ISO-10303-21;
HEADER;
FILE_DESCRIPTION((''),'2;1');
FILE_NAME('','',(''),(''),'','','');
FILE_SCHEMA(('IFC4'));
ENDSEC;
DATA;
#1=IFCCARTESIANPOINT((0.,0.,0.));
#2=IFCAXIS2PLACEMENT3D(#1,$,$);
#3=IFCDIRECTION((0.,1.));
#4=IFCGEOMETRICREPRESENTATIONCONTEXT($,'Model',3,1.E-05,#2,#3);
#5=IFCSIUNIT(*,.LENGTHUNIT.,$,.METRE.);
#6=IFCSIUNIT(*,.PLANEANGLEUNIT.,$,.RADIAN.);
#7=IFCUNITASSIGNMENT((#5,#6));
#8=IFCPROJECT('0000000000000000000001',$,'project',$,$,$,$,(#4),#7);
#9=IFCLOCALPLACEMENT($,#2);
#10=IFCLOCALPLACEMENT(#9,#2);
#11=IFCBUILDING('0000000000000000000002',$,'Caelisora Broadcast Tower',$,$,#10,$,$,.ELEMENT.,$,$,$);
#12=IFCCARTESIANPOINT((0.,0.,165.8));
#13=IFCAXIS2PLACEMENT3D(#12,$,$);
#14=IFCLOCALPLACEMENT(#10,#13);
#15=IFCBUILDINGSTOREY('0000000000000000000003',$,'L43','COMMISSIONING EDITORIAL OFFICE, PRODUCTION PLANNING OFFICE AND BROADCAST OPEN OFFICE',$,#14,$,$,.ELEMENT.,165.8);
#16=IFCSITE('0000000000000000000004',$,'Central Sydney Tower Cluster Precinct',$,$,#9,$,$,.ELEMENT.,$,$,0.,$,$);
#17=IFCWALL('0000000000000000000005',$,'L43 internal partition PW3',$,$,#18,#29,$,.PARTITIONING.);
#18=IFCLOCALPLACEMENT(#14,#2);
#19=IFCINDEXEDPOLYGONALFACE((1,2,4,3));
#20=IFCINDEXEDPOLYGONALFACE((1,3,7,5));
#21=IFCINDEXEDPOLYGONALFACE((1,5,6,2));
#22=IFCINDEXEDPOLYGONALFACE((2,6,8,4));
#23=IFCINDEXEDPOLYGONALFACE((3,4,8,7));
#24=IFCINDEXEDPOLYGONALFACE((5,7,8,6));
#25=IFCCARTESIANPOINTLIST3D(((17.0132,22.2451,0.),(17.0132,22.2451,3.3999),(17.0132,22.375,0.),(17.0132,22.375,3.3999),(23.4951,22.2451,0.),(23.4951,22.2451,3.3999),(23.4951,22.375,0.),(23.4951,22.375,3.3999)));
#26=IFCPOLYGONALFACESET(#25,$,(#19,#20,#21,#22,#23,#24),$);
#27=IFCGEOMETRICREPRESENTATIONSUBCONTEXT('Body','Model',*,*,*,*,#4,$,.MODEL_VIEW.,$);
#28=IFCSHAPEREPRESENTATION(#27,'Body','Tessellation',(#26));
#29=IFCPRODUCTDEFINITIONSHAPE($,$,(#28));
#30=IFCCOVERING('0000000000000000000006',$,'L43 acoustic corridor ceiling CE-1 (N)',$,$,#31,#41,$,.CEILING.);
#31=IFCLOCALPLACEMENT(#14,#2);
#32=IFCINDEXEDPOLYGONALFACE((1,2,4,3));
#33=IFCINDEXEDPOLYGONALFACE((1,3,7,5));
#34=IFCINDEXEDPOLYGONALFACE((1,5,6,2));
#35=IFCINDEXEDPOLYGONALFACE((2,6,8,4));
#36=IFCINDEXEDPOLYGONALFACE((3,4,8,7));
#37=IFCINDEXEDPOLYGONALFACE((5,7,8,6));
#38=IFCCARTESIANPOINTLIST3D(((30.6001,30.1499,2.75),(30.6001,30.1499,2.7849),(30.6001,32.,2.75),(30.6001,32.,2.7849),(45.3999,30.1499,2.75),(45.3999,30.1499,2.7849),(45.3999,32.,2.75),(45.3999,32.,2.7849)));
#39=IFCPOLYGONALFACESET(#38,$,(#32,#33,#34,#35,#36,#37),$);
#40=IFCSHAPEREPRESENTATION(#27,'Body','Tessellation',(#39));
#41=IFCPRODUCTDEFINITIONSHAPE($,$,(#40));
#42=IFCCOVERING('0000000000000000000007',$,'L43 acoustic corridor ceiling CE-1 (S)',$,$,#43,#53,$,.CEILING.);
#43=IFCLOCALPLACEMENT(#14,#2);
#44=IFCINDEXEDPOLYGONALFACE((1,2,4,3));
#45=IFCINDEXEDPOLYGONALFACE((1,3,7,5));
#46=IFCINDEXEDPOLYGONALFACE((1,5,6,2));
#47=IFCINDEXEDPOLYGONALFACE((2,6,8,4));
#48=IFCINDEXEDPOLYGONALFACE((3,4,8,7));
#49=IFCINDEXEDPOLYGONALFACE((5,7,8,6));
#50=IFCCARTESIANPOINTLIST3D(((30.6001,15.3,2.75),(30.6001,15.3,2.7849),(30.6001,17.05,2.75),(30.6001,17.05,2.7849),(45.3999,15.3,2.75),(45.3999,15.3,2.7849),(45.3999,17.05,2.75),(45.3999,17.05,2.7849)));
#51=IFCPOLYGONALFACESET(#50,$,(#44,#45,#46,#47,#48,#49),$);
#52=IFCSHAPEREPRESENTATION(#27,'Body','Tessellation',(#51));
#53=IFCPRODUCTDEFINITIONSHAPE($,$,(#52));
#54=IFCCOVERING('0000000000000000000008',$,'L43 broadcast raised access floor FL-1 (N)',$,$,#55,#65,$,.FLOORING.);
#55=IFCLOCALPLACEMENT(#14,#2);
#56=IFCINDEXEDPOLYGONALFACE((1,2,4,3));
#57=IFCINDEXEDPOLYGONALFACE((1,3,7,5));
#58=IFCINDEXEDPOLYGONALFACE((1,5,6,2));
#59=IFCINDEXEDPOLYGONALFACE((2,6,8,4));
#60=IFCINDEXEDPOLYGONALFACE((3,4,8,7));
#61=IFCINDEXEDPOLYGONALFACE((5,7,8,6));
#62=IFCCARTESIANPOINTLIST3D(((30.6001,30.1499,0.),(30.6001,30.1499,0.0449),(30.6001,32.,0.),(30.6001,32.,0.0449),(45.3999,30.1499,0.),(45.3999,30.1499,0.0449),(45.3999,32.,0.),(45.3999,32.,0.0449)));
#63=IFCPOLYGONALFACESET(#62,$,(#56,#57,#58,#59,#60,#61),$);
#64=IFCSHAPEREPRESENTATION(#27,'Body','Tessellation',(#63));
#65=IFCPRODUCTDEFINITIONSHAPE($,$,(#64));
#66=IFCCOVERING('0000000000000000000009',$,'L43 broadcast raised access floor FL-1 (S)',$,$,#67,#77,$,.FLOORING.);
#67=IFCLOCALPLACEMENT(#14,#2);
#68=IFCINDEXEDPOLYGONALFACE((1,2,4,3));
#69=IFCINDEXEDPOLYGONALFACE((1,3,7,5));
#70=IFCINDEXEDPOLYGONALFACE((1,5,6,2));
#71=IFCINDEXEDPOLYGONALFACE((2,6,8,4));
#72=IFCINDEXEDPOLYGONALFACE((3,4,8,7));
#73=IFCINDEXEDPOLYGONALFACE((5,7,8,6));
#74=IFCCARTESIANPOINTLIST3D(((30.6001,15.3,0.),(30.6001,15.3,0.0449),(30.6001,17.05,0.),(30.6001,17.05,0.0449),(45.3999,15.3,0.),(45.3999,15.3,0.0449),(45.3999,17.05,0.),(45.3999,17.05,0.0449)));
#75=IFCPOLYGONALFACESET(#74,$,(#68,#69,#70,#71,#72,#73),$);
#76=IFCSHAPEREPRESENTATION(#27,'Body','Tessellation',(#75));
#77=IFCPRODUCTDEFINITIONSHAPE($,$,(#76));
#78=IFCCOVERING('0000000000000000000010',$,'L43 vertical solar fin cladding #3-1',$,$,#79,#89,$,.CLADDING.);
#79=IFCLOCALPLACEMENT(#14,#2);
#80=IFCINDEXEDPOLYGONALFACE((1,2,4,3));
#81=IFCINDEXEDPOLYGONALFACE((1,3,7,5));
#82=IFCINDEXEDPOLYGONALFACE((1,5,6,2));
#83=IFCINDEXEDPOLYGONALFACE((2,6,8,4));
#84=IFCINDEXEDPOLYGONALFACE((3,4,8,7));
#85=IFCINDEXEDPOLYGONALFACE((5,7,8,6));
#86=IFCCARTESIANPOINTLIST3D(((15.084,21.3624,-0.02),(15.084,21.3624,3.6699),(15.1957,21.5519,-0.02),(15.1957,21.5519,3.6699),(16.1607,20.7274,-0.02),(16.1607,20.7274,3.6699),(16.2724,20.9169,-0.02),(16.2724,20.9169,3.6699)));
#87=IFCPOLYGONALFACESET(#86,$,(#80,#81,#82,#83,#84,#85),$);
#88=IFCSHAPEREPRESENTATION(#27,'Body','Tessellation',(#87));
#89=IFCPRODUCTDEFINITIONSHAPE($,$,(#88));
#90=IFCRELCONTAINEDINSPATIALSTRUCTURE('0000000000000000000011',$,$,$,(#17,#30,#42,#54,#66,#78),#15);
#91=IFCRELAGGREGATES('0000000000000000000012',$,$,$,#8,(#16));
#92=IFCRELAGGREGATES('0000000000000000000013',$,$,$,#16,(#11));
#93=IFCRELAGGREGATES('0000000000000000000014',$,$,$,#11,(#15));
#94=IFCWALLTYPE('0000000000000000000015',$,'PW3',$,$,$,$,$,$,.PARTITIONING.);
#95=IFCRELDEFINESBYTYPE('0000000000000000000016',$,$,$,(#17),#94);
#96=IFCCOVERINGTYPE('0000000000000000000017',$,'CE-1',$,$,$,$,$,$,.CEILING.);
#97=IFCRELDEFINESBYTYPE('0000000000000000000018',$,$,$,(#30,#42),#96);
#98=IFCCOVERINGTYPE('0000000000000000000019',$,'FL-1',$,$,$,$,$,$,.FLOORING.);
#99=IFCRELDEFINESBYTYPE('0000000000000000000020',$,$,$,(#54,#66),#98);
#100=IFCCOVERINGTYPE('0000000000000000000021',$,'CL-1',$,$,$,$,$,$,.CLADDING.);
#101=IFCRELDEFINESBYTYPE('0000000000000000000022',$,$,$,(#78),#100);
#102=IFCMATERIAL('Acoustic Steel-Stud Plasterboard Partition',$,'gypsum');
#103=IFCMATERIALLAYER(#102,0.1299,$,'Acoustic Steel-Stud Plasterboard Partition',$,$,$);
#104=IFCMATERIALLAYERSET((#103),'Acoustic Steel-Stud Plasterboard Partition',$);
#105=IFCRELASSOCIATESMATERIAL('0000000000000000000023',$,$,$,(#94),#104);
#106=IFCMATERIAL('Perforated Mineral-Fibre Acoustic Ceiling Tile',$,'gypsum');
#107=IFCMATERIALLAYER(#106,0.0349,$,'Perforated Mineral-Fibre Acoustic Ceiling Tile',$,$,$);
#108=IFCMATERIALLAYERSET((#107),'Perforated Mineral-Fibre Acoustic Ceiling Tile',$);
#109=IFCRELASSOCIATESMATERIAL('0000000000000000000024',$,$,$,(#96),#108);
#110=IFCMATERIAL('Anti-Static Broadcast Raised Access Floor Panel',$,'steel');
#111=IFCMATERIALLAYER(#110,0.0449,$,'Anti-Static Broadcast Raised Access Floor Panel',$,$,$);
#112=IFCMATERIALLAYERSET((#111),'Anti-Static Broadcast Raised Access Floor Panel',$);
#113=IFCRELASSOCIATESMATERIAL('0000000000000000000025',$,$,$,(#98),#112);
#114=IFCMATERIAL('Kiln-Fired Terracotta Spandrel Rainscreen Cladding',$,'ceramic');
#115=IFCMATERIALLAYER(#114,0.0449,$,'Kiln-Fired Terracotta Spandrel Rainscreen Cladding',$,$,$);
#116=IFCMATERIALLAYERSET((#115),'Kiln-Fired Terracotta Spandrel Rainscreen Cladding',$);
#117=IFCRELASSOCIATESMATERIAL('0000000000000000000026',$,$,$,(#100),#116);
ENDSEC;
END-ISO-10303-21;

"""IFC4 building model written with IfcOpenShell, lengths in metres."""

from ifc_helpers import new_model, si_unit, direction, frame, frame_2d, origin, origin_2d, place, context, subcontext, project, spatial, polyline, rectangle, outline, extrude, source, transform, mapped, material, layer, layer_set, type_object, type_shapes, element, save


model = new_model("IFC4")

# Units and contexts
model_context = context("Model", 3, precision=1e-05, world=origin(), true_north=direction((0.0, 1.0)))
body_context = subcontext(model_context, "Body", "Model", "MODEL_VIEW")
ifc_project = project(units=[si_unit("LENGTHUNIT", "METRE"), si_unit("PLANEANGLEUNIT", "RADIAN")], contexts=[model_context])

# Site, building, storey
site_placement = place(None, origin())
site = spatial("IfcSite", under=ifc_project, at=site_placement, Name="Central Sydney Tower Cluster Precinct", CompositionType="ELEMENT", RefElevation=0.0)
building_placement = place(site_placement, origin())
building = spatial("IfcBuilding", under=site, at=building_placement, Name="Caelisora Broadcast Tower", CompositionType="ELEMENT")
storey_placement = place(building_placement, frame((0.0, 0.0, 165.8)))
storey = spatial("IfcBuildingStorey", under=building, at=storey_placement, Name="L43", Description="COMMISSIONING EDITORIAL OFFICE, PRODUCTION PLANNING OFFICE AND BROADCAST OPEN OFFICE", CompositionType="ELEMENT", Elevation=165.8)

# Shared definitions
ifc_material_1 = material(Name="Acoustic Steel-Stud Plasterboard Partition", Category="gypsum")
ifc_layer_1 = layer(ifc_material_1, 0.1299, Name="Acoustic Steel-Stud Plasterboard Partition")
ifc_layer_set_1 = layer_set([ifc_layer_1], Name="Acoustic Steel-Stud Plasterboard Partition")
wall_type_1 = type_object("IfcWallType", Name="PW3", PredefinedType="PARTITIONING", material=ifc_layer_set_1)

# Wall
wall_1_placement = place(storey_placement, frame((17.0132, 22.3101, 0.0), z_axis=(0.0, 0.0, 1.0), x_axis=(1.0, 0.0, 0.0)))
element("IfcWall", 1, at=wall_1_placement, inside=storey, type_object=wall_type_1, Name="L43 internal partition PW3", PredefinedType="PARTITIONING", context=body_context, shape_type="SweptSolid", body=[
    extrude(rectangle(XDim=6.4819, YDim=0.1299, at=frame_2d((3.241, 0.0))), origin(), (0.0, 0.0, 1.0), 3.3999),
])

# Coverings
ifc_material_2 = material(Name="Perforated Mineral-Fibre Acoustic Ceiling Tile", Category="gypsum")
ifc_layer_2 = layer(ifc_material_2, 0.0349, Name="Perforated Mineral-Fibre Acoustic Ceiling Tile")
ifc_layer_set_2 = layer_set([ifc_layer_2], Name="Perforated Mineral-Fibre Acoustic Ceiling Tile")
covering_type_1 = type_object("IfcCoveringType", Name="CE-1", PredefinedType="CEILING", material=ifc_layer_set_2)
covering_1_placement = place(storey_placement, frame((0.0, 0.0, 2.75)))
element("IfcCovering", 2, at=covering_1_placement, inside=storey, type_object=covering_type_1, Name="L43 acoustic corridor ceiling CE-1 (N)", PredefinedType="CEILING", context=body_context, shape_type="SweptSolid", body=[
    extrude(outline(polyline([(30.6001, 30.1499), (45.3999, 30.1499), (45.3999, 32.0), (30.6001, 32.0), (30.6001, 30.1499)])), origin(), (0.0, 0.0, 1.0), 0.0349),
])
covering_2_placement = place(storey_placement, frame((0.0, 0.0, 2.75)))
element("IfcCovering", 3, at=covering_2_placement, inside=storey, type_object=covering_type_1, Name="L43 acoustic corridor ceiling CE-1 (S)", PredefinedType="CEILING", context=body_context, shape_type="SweptSolid", body=[
    extrude(outline(polyline([(30.6001, 15.3), (45.3999, 15.3), (45.3999, 17.05), (30.6001, 17.05), (30.6001, 15.3)])), origin(), (0.0, 0.0, 1.0), 0.0349),
])
ifc_material_3 = material(Name="Anti-Static Broadcast Raised Access Floor Panel", Category="steel")
ifc_layer_3 = layer(ifc_material_3, 0.0449, Name="Anti-Static Broadcast Raised Access Floor Panel")
ifc_layer_set_3 = layer_set([ifc_layer_3], Name="Anti-Static Broadcast Raised Access Floor Panel")
covering_type_2 = type_object("IfcCoveringType", Name="FL-1", PredefinedType="FLOORING", material=ifc_layer_set_3)
covering_3_placement = place(storey_placement, origin())
element("IfcCovering", 4, at=covering_3_placement, inside=storey, type_object=covering_type_2, Name="L43 broadcast raised access floor FL-1 (N)", PredefinedType="FLOORING", context=body_context, shape_type="SweptSolid", body=[
    extrude(outline(polyline([(30.6001, 30.1499), (45.3999, 30.1499), (45.3999, 32.0), (30.6001, 32.0), (30.6001, 30.1499)])), origin(), (0.0, 0.0, 1.0), 0.0449),
])
covering_4_placement = place(storey_placement, origin())
element("IfcCovering", 5, at=covering_4_placement, inside=storey, type_object=covering_type_2, Name="L43 broadcast raised access floor FL-1 (S)", PredefinedType="FLOORING", context=body_context, shape_type="SweptSolid", body=[
    extrude(outline(polyline([(30.6001, 15.3), (45.3999, 15.3), (45.3999, 17.05), (30.6001, 17.05), (30.6001, 15.3)])), origin(), (0.0, 0.0, 1.0), 0.0449),
])
ifc_material_4 = material(Name="Kiln-Fired Terracotta Spandrel Rainscreen Cladding", Category="ceramic")
ifc_layer_4 = layer(ifc_material_4, 0.0449, Name="Kiln-Fired Terracotta Spandrel Rainscreen Cladding")
ifc_layer_set_4 = layer_set([ifc_layer_4], Name="Kiln-Fired Terracotta Spandrel Rainscreen Cladding")
covering_type_3 = type_object("IfcCoveringType", Name="CL-1", PredefinedType="CLADDING", material=ifc_layer_set_4)
shared_shape_1 = source(origin(), body_context, "Body", "SweptSolid", [
    extrude(rectangle(XDim=0.22, YDim=1.25, at=origin_2d()), origin(), (0.0, 0.0, 1.0), 3.6899),
])
type_shapes(covering_type_3, [shared_shape_1])
covering_5_placement = place(storey_placement, frame((15.6782, 21.1396, -0.02), z_axis=(0.0, 0.0, 1.0), x_axis=(0.507989, 0.861363, 0.0)))
element("IfcCovering", 6, at=covering_5_placement, inside=storey, type_object=covering_type_3, Name="L43 vertical solar fin cladding #3-1", PredefinedType="CLADDING", context=body_context, shape_type="MappedRepresentation", body=[
    mapped(shared_shape_1, transform((0.0, 0.0, 0.0), scale=1.0)),
])

save(model, "model.ifc")
